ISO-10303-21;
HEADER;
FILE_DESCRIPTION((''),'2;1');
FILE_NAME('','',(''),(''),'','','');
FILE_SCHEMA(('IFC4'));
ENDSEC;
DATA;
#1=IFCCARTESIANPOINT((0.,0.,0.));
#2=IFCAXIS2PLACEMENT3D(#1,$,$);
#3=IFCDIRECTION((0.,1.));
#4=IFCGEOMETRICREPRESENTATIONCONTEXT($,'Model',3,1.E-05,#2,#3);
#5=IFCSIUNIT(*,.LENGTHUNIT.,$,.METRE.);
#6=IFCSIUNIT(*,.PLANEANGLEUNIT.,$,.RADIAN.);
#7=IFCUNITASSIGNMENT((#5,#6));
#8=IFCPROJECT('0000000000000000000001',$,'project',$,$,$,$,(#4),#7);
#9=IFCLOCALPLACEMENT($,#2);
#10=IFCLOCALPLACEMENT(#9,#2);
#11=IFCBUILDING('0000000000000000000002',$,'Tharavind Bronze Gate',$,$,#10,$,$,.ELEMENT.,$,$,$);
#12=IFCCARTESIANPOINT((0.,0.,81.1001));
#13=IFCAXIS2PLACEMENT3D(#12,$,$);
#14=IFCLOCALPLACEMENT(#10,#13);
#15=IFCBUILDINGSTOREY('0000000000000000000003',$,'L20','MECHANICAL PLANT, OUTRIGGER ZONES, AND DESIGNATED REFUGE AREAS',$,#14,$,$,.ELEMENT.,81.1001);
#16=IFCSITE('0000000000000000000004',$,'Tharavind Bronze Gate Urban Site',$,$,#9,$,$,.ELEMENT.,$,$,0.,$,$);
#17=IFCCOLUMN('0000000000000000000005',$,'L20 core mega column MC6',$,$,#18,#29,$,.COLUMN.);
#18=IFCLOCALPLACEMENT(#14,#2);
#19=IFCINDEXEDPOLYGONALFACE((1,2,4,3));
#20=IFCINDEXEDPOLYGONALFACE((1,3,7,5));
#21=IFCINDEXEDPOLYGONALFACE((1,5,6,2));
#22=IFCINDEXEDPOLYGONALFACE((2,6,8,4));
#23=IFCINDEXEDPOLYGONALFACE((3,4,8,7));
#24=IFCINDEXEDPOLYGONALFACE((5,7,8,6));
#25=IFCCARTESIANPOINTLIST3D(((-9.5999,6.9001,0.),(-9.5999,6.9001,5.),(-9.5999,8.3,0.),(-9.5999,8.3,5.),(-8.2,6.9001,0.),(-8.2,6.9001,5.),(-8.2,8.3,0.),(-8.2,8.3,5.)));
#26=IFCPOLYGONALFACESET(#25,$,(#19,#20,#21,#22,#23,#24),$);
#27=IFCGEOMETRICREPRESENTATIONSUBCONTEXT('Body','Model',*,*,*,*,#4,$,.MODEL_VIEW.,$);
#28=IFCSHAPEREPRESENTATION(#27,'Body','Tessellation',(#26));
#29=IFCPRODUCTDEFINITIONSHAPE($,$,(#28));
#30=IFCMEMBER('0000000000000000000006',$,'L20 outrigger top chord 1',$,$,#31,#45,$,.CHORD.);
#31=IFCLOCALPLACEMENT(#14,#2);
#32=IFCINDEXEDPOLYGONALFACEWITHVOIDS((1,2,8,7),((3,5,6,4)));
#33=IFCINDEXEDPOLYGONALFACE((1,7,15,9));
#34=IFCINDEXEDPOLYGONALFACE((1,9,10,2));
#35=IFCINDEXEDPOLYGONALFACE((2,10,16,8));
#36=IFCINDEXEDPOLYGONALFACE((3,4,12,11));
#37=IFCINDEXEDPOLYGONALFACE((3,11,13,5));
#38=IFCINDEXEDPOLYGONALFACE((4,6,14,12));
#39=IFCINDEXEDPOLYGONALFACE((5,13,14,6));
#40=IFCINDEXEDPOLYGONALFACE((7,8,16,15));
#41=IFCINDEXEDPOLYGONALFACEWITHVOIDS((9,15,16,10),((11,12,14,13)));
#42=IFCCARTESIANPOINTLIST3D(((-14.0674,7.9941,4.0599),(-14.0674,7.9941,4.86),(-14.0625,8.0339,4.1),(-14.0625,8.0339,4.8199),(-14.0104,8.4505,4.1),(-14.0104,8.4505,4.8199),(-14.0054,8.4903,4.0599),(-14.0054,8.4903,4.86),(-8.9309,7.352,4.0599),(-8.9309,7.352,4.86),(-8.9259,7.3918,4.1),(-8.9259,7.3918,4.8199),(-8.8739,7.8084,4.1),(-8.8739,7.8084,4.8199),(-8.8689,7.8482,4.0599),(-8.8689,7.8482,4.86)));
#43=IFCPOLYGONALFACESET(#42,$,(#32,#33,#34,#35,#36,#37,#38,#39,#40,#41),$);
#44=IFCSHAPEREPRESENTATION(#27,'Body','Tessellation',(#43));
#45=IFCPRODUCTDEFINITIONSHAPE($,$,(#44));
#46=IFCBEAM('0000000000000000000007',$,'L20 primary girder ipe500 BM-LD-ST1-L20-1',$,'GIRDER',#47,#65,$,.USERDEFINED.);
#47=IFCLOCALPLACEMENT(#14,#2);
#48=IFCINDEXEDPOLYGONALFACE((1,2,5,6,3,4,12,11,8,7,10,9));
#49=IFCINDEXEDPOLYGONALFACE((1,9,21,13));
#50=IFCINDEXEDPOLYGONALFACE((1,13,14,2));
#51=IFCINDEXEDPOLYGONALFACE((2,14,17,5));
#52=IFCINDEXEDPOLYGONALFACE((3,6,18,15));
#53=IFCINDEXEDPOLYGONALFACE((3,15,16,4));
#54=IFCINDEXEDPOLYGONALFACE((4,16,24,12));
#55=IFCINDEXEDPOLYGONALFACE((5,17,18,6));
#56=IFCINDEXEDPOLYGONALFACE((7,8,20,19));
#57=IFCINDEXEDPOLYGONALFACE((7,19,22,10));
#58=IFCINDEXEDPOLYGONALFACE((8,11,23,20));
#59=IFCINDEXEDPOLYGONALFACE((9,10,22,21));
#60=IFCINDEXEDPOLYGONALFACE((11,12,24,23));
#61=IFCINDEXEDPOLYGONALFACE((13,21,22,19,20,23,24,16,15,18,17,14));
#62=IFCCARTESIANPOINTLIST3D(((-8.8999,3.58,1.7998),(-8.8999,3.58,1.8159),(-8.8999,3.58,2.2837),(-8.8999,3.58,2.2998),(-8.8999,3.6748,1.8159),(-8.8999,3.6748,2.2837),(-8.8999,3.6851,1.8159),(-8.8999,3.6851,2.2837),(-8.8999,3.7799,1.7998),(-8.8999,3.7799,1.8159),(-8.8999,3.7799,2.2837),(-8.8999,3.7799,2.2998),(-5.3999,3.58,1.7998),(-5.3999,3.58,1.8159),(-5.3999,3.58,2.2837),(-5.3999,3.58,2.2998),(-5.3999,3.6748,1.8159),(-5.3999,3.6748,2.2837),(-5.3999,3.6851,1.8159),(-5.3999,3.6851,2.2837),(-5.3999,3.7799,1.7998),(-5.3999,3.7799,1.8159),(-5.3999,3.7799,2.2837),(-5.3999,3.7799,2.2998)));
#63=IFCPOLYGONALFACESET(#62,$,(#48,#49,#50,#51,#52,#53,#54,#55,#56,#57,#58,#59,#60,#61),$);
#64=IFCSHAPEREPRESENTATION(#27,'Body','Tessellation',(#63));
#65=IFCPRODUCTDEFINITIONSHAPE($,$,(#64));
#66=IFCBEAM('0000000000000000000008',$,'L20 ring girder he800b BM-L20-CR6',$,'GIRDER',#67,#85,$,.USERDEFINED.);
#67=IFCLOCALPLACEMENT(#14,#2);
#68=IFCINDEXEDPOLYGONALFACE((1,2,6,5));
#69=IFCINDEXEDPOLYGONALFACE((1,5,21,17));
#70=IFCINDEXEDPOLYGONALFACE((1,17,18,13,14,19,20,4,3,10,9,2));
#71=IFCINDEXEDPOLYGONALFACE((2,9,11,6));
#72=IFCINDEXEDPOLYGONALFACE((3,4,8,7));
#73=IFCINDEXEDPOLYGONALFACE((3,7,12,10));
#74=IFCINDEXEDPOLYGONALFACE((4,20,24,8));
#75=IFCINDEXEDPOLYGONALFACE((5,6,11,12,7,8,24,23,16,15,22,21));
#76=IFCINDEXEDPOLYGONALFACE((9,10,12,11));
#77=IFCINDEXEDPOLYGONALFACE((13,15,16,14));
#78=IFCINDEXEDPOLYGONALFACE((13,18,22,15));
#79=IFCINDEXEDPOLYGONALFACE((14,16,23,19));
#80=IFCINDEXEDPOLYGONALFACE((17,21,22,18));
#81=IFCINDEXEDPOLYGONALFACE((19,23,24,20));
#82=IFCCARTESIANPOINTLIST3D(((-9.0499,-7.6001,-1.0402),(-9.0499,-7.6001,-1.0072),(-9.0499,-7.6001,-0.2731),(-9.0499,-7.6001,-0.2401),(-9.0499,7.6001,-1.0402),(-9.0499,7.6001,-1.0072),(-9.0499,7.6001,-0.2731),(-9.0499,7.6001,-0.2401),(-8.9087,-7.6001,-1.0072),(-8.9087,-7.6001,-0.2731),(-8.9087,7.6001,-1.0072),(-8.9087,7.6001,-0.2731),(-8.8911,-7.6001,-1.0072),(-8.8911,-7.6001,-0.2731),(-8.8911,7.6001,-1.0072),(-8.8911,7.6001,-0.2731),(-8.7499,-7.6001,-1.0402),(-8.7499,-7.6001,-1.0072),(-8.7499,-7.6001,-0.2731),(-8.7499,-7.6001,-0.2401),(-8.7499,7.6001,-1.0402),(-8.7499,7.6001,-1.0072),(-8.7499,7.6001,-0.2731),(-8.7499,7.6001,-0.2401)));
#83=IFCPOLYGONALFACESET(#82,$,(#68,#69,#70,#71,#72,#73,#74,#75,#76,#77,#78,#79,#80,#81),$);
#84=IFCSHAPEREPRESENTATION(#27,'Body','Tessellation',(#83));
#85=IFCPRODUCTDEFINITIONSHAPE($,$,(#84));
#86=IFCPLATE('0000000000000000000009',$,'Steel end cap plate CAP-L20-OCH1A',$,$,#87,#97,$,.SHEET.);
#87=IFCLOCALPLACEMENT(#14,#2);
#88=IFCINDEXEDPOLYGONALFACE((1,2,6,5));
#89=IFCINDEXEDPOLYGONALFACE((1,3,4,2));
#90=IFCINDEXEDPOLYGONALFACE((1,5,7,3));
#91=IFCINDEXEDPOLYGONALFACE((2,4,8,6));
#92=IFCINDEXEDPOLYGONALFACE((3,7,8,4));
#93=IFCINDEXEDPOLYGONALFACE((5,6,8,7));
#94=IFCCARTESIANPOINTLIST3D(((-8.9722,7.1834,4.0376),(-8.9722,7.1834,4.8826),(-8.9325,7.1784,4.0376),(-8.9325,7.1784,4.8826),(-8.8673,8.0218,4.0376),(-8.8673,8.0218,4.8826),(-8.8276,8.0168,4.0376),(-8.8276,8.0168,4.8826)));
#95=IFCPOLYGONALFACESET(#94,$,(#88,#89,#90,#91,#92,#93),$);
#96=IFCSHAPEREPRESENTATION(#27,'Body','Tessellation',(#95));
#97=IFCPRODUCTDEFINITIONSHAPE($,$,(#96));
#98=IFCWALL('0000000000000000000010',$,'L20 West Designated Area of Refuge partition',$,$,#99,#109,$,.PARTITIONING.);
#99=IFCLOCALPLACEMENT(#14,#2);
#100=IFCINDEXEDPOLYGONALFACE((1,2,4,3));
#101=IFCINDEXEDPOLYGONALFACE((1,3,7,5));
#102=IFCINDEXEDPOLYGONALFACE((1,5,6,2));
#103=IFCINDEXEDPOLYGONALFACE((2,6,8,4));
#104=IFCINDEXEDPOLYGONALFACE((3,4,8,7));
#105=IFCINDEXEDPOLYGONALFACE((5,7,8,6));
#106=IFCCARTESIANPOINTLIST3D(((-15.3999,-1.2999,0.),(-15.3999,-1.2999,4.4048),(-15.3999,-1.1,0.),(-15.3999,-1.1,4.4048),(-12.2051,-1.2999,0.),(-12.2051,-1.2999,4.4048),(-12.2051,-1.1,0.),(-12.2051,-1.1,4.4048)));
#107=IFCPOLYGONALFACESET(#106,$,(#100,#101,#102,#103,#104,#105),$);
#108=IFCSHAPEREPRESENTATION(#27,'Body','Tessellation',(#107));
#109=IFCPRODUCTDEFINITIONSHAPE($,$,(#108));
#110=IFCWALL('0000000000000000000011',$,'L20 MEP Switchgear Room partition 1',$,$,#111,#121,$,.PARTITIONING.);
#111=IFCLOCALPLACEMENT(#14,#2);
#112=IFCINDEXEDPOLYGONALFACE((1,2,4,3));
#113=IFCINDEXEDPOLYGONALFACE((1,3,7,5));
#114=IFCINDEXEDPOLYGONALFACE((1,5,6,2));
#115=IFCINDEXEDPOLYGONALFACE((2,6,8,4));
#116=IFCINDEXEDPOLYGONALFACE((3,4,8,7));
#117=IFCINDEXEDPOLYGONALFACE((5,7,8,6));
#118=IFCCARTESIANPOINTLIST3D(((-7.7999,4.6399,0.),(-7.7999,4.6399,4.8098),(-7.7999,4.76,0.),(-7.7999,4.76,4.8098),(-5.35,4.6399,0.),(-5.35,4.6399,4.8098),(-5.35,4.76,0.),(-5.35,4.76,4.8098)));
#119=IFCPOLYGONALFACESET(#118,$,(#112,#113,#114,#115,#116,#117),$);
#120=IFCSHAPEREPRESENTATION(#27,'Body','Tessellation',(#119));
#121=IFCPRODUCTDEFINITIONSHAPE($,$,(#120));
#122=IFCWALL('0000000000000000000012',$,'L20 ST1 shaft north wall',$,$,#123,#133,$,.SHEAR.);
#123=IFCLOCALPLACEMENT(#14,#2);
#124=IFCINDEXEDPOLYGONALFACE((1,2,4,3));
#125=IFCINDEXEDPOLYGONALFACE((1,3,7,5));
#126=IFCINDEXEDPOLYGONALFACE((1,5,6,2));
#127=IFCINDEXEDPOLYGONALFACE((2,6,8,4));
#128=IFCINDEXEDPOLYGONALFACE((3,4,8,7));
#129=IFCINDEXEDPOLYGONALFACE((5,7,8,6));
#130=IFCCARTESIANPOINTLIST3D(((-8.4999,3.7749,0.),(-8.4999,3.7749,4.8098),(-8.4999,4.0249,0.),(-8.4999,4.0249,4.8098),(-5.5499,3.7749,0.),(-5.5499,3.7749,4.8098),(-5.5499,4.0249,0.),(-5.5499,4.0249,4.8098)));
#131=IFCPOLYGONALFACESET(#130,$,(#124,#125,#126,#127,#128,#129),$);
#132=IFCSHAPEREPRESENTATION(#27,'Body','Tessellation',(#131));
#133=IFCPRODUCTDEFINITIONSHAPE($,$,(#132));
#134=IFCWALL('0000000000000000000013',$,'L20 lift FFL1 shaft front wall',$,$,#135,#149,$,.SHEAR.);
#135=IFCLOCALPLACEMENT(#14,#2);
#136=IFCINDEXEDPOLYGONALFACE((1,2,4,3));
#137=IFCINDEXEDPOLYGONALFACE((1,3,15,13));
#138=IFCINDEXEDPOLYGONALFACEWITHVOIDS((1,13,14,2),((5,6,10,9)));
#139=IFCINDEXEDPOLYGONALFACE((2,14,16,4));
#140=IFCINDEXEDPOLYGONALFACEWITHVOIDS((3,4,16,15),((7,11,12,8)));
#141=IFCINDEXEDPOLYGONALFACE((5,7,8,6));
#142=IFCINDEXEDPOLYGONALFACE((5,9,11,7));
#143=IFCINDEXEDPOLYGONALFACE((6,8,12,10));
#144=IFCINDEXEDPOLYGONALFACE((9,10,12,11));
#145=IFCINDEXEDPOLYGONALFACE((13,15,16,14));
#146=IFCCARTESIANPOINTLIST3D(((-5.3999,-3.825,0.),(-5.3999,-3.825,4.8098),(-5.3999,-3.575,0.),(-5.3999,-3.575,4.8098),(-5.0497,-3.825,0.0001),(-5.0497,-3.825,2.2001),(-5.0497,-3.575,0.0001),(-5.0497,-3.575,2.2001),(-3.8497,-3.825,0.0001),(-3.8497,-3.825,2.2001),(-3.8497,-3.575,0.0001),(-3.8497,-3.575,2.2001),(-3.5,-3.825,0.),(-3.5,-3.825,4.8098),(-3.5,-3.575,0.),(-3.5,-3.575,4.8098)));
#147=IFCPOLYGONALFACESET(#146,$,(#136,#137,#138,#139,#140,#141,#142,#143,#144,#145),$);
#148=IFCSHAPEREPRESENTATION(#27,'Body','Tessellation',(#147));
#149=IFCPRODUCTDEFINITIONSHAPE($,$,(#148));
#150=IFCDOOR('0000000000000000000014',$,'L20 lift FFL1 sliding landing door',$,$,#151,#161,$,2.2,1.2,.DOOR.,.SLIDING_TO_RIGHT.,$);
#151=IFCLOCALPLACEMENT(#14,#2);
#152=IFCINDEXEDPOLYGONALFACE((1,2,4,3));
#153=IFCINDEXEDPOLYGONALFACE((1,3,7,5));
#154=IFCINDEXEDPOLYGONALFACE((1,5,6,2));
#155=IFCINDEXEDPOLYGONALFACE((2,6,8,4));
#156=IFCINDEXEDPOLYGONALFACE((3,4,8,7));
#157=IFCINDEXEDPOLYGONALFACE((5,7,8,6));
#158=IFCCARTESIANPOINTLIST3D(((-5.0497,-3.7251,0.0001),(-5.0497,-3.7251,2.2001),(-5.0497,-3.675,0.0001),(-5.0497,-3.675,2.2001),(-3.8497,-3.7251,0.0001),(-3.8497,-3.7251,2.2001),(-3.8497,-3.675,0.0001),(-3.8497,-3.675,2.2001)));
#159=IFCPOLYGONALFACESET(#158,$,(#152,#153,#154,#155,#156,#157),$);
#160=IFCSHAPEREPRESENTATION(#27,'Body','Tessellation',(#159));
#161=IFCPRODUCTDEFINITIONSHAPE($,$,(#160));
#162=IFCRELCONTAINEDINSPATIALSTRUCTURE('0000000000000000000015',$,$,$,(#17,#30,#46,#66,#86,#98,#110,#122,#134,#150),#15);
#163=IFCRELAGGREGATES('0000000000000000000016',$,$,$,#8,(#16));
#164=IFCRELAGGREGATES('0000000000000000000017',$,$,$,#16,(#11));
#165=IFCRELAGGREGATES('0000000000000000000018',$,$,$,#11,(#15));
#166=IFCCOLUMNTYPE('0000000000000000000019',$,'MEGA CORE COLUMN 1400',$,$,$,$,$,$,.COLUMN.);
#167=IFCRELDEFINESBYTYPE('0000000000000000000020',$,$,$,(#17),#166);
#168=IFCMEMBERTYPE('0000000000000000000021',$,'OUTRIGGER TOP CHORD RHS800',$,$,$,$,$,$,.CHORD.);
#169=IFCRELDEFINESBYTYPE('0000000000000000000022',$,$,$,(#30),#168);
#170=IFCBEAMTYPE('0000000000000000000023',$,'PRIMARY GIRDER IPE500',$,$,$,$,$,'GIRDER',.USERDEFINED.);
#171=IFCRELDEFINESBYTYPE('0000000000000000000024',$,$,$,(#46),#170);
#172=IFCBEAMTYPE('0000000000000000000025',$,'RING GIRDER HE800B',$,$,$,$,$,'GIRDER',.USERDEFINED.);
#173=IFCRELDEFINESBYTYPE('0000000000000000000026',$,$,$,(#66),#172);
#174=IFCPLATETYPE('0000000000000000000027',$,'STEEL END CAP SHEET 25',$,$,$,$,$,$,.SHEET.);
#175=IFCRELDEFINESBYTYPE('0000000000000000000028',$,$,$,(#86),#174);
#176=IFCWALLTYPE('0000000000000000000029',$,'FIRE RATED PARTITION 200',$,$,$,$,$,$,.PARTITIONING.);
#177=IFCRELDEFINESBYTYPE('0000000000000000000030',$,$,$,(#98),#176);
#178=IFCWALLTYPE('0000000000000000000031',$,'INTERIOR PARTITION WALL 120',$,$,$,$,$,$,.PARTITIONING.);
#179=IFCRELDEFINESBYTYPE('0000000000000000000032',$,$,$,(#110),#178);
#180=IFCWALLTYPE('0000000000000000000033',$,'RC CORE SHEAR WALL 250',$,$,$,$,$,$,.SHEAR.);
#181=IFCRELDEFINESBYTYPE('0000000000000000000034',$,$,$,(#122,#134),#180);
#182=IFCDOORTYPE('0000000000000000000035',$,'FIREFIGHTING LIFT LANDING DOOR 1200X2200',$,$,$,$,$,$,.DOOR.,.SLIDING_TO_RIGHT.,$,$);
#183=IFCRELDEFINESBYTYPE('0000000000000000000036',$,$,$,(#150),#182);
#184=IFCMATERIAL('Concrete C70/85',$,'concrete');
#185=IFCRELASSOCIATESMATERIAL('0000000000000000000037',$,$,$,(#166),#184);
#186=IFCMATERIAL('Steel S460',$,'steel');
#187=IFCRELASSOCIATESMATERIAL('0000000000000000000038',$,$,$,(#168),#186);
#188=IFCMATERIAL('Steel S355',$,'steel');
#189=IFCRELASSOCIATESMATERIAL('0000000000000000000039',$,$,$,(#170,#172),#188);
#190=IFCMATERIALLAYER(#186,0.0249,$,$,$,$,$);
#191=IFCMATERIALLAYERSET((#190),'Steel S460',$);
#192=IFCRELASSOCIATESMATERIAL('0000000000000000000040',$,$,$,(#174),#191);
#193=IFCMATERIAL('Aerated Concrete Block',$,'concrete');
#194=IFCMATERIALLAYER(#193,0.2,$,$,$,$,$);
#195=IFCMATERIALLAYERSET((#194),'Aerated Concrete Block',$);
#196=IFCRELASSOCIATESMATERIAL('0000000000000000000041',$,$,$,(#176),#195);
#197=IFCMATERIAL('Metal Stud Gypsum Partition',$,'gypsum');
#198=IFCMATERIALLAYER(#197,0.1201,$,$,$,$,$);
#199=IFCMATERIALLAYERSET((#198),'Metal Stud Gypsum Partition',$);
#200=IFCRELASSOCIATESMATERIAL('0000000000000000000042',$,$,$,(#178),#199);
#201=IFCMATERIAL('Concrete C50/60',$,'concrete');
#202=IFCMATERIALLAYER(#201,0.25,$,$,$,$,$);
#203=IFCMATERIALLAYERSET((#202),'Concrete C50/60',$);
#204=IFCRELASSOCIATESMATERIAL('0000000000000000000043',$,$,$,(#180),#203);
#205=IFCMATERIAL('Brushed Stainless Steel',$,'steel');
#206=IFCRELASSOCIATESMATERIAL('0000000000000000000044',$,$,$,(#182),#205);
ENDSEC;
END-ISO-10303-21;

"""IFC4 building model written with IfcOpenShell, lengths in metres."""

from ifc_helpers import new_model, si_unit, direction, frame, frame_2d, origin, origin_2d, place, context, subcontext, project, spatial, rectangle, hollow_rectangle, i_section, extrude, material, layer, layer_set, material_profile, profile_set, type_object, element, fill, save


model = new_model("IFC4")

# Units and contexts
model_context = context("Model", 3, precision=1e-05, world=origin(), true_north=direction((0.0, 1.0)))
body_context = subcontext(model_context, "Body", "Model", "MODEL_VIEW")
ifc_project = project(units=[si_unit("LENGTHUNIT", "METRE"), si_unit("PLANEANGLEUNIT", "RADIAN")], contexts=[model_context])

# Site, building, storey
site_placement = place(None, origin())
site = spatial("IfcSite", under=ifc_project, at=site_placement, Name="Tharavind Bronze Gate Urban Site", CompositionType="ELEMENT", RefElevation=0.0)
building_placement = place(site_placement, origin())
building = spatial("IfcBuilding", under=site, at=building_placement, Name="Tharavind Bronze Gate", CompositionType="ELEMENT")
storey_placement = place(building_placement, frame((0.0, 0.0, 81.1001)))
storey = spatial("IfcBuildingStorey", under=building, at=storey_placement, Name="L20", Description="MECHANICAL PLANT, OUTRIGGER ZONES, AND DESIGNATED REFUGE AREAS", CompositionType="ELEMENT", Elevation=81.1001)

# Column
ifc_material_1 = material(Name="Concrete C70/85", Category="concrete")
ifc_material_profile_1 = material_profile(ifc_material_1, rectangle(XDim=1.3999, YDim=1.3999, at=origin_2d()), Name="RCCOL1400")
ifc_profile_set_1 = profile_set([ifc_material_profile_1], Name="Concrete C70/85")
column_type = type_object("IfcColumnType", Name="MEGA CORE COLUMN 1400", PredefinedType="COLUMN", material=ifc_profile_set_1)
column_placement = place(storey_placement, frame((-8.8999, 7.6001, 0.0), z_axis=(0.0, 0.0, 1.0), x_axis=(1.0, 0.0, 0.0)))
element("IfcColumn", 1, at=column_placement, inside=storey, type_object=column_type, Name="L20 core mega column MC6", PredefinedType="COLUMN", context=body_context, shape_type="SweptSolid", body=[
    extrude(rectangle(XDim=1.3999, YDim=1.3999, at=origin_2d()), origin(), (0.0, 0.0, 1.0), 5.0),
])

# Member
ifc_material_2 = material(Name="Steel S460", Category="steel")
ifc_material_profile_2 = material_profile(ifc_material_2, hollow_rectangle(XDim=0.5, YDim=0.8, WallThickness=0.04, at=origin_2d()), Name="RHS800X500X40")
ifc_profile_set_2 = profile_set([ifc_material_profile_2], Name="Steel S460")
member_type = type_object("IfcMemberType", Name="OUTRIGGER TOP CHORD RHS800", PredefinedType="CHORD", material=ifc_profile_set_2)
member_placement = place(storey_placement, frame((-8.8999, 7.6001, 4.46), z_axis=(-0.992277, 0.124041, 0.0), x_axis=(-0.124041, -0.992277, 0.0)))
element("IfcMember", 2, at=member_placement, inside=storey, type_object=member_type, Name="L20 outrigger top chord 1", PredefinedType="CHORD", context=body_context, shape_type="SweptSolid", body=[
    extrude(hollow_rectangle(XDim=0.5, YDim=0.8, WallThickness=0.04, at=origin_2d()), origin(), (0.0, 0.0, 1.0), 5.1765),
])

# Beams
ifc_material_3 = material(Name="Steel S355", Category="steel")
ifc_material_profile_3 = material_profile(ifc_material_3, i_section(OverallWidth=0.2, OverallDepth=0.5, WebThickness=0.0103, FlangeThickness=0.0161, at=origin_2d()), Name="IPE500")
ifc_profile_set_3 = profile_set([ifc_material_profile_3], Name="Steel S355")
beam_type_1 = type_object("IfcBeamType", Name="PRIMARY GIRDER IPE500", ElementType="GIRDER", PredefinedType="USERDEFINED", material=ifc_profile_set_3)
beam_1_placement = place(storey_placement, frame((-8.8999, 3.6799, 2.0498), z_axis=(1.0, 0.0, 0.0), x_axis=(0.0, 1.0, 0.0)))
element("IfcBeam", 3, at=beam_1_placement, inside=storey, type_object=beam_type_1, Name="L20 primary girder ipe500 BM-LD-ST1-L20-1", ObjectType="GIRDER", PredefinedType="USERDEFINED", context=body_context, shape_type="SweptSolid", body=[
    extrude(i_section(OverallWidth=0.2, OverallDepth=0.5, WebThickness=0.0103, FlangeThickness=0.0161, at=origin_2d()), origin(), (0.0, 0.0, 1.0), 3.5),
])
ifc_material_profile_4 = material_profile(ifc_material_3, i_section(OverallWidth=0.3, OverallDepth=0.8, WebThickness=0.0176, FlangeThickness=0.033, at=origin_2d()), Name="HE800B")
ifc_profile_set_4 = profile_set([ifc_material_profile_4], Name="Steel S355")
beam_type_2 = type_object("IfcBeamType", Name="RING GIRDER HE800B", ElementType="GIRDER", PredefinedType="USERDEFINED", material=ifc_profile_set_4)
beam_2_placement = place(storey_placement, frame((-8.8999, 7.6001, -0.6401), z_axis=(0.0, -1.0, 0.0), x_axis=(1.0, 0.0, 0.0)))
element("IfcBeam", 4, at=beam_2_placement, inside=storey, type_object=beam_type_2, Name="L20 ring girder he800b BM-L20-CR6", ObjectType="GIRDER", PredefinedType="USERDEFINED", context=body_context, shape_type="SweptSolid", body=[
    extrude(i_section(OverallWidth=0.3, OverallDepth=0.8, WebThickness=0.0176, FlangeThickness=0.033, at=origin_2d()), origin(), (0.0, 0.0, 1.0), 15.2002),
])

# Plate
ifc_layer_1 = layer(ifc_material_2, 0.0249)
ifc_layer_set_1 = layer_set([ifc_layer_1], Name="Steel S460")
plate_type = type_object("IfcPlateType", Name="STEEL END CAP SHEET 25", PredefinedType="SHEET", material=ifc_layer_set_1)
plate_placement = place(storey_placement, frame((-8.8999, 7.6001, 4.0376), z_axis=(0.0, 0.0, 1.0), x_axis=(-0.992272, 0.124085, 0.0)))
element("IfcPlate", 5, at=plate_placement, inside=storey, type_object=plate_type, Name="Steel end cap plate CAP-L20-OCH1A", PredefinedType="SHEET", context=body_context, shape_type="SweptSolid", body=[
    extrude(rectangle(XDim=0.04, YDim=0.845, at=origin_2d()), origin(), (0.0, 0.0, 1.0), 0.845),
])

# Walls
ifc_material_4 = material(Name="Aerated Concrete Block", Category="concrete")
ifc_layer_2 = layer(ifc_material_4, 0.2)
ifc_layer_set_2 = layer_set([ifc_layer_2], Name="Aerated Concrete Block")
wall_type_1 = type_object("IfcWallType", Name="FIRE RATED PARTITION 200", PredefinedType="PARTITIONING", material=ifc_layer_set_2)
wall_1_placement = place(storey_placement, frame((-15.3999, -1.2, 0.0), z_axis=(0.0, 0.0, 1.0), x_axis=(1.0, 0.0, 0.0)))
element("IfcWall", 6, at=wall_1_placement, inside=storey, type_object=wall_type_1, Name="L20 West Designated Area of Refuge partition", PredefinedType="PARTITIONING", context=body_context, shape_type="SweptSolid", body=[
    extrude(rectangle(XDim=3.1948, YDim=0.2, at=frame_2d((1.5974, 0.0))), origin(), (0.0, 0.0, 1.0), 4.4048),
])
ifc_material_5 = material(Name="Metal Stud Gypsum Partition", Category="gypsum")
ifc_layer_3 = layer(ifc_material_5, 0.1201)
ifc_layer_set_3 = layer_set([ifc_layer_3], Name="Metal Stud Gypsum Partition")
wall_type_2 = type_object("IfcWallType", Name="INTERIOR PARTITION WALL 120", PredefinedType="PARTITIONING", material=ifc_layer_set_3)
wall_2_placement = place(storey_placement, frame((-7.8, 4.7, 0.0), z_axis=(0.0, 0.0, 1.0), x_axis=(1.0, 0.0, 0.0)))
element("IfcWall", 7, at=wall_2_placement, inside=storey, type_object=wall_type_2, Name="L20 MEP Switchgear Room partition 1", PredefinedType="PARTITIONING", context=body_context, shape_type="SweptSolid", body=[
    extrude(rectangle(XDim=2.45, YDim=0.1201, at=frame_2d((1.2251, 0.0))), origin(), (0.0, 0.0, 1.0), 4.8098),
])

# Shared definitions
ifc_material_6 = material(Name="Concrete C50/60", Category="concrete")
ifc_layer_4 = layer(ifc_material_6, 0.25)
ifc_layer_set_4 = layer_set([ifc_layer_4], Name="Concrete C50/60")
wall_type_3 = type_object("IfcWallType", Name="RC CORE SHEAR WALL 250", PredefinedType="SHEAR", material=ifc_layer_set_4)

# Wall
wall_3_placement = place(storey_placement, frame((-8.5, 3.8999, 0.0), z_axis=(0.0, 0.0, 1.0), x_axis=(1.0, 0.0, 0.0)))
element("IfcWall", 8, at=wall_3_placement, inside=storey, type_object=wall_type_3, Name="L20 ST1 shaft north wall", PredefinedType="SHEAR", context=body_context, shape_type="SweptSolid", body=[
    extrude(rectangle(XDim=2.95, YDim=0.25, at=frame_2d((1.4751, 0.0))), origin(), (0.0, 0.0, 1.0), 4.8098),
])

# Wall, opening, door
wall_4_placement = place(storey_placement, frame((-5.3999, -3.7, 0.0), z_axis=(0.0, 0.0, 1.0), x_axis=(1.0, 0.0, 0.0)))
wall_4 = element("IfcWall", 9, at=wall_4_placement, inside=storey, type_object=wall_type_3, Name="L20 lift FFL1 shaft front wall", PredefinedType="SHEAR", context=body_context, shape_type="SweptSolid", body=[
    extrude(rectangle(XDim=1.8999, YDim=0.25, at=frame_2d((0.95, 0.0))), origin(), (0.0, 0.0, 1.0), 4.8098),
])
opening_1_placement = place(wall_4_placement, frame((0.3501, 0.0, 0.0)))
opening_1 = element("IfcOpeningElement", 10, at=opening_1_placement, cuts=wall_4, PredefinedType="OPENING", context=body_context, shape_type="SweptSolid", body=[
    extrude(rectangle(XDim=1.2, YDim=2.2, at=frame_2d((0.6001, 1.1001))), frame((0.0, 0.135, 0.0), z_axis=(0.0, -1.0, 0.0), x_axis=(1.0, 0.0, 0.0)), (0.0, 0.0, 1.0), 0.27),
])
ifc_material_7 = material(Name="Brushed Stainless Steel", Category="steel")
door_type_1 = type_object("IfcDoorType", Name="FIREFIGHTING LIFT LANDING DOOR 1200X2200", OperationType="SLIDING_TO_RIGHT", PredefinedType="DOOR", material=ifc_material_7)
door_1_placement = place(opening_1_placement, origin())
door_1 = element("IfcDoor", 11, at=door_1_placement, inside=storey, type_object=door_type_1, Name="L20 lift FFL1 sliding landing door", OperationType="SLIDING_TO_RIGHT", OverallHeight=2.2, OverallWidth=1.2, PredefinedType="DOOR", context=body_context, shape_type="SweptSolid", body=[
    extrude(rectangle(XDim=1.2, YDim=2.2, at=frame_2d((0.6001, 1.1001))), frame((0.0, 0.0249, 0.0), z_axis=(0.0, -1.0, 0.0), x_axis=(1.0, 0.0, 0.0)), (0.0, 0.0, 1.0), 0.05),
])
fill(opening_1, door_1)

save(model, "model.ifc")
